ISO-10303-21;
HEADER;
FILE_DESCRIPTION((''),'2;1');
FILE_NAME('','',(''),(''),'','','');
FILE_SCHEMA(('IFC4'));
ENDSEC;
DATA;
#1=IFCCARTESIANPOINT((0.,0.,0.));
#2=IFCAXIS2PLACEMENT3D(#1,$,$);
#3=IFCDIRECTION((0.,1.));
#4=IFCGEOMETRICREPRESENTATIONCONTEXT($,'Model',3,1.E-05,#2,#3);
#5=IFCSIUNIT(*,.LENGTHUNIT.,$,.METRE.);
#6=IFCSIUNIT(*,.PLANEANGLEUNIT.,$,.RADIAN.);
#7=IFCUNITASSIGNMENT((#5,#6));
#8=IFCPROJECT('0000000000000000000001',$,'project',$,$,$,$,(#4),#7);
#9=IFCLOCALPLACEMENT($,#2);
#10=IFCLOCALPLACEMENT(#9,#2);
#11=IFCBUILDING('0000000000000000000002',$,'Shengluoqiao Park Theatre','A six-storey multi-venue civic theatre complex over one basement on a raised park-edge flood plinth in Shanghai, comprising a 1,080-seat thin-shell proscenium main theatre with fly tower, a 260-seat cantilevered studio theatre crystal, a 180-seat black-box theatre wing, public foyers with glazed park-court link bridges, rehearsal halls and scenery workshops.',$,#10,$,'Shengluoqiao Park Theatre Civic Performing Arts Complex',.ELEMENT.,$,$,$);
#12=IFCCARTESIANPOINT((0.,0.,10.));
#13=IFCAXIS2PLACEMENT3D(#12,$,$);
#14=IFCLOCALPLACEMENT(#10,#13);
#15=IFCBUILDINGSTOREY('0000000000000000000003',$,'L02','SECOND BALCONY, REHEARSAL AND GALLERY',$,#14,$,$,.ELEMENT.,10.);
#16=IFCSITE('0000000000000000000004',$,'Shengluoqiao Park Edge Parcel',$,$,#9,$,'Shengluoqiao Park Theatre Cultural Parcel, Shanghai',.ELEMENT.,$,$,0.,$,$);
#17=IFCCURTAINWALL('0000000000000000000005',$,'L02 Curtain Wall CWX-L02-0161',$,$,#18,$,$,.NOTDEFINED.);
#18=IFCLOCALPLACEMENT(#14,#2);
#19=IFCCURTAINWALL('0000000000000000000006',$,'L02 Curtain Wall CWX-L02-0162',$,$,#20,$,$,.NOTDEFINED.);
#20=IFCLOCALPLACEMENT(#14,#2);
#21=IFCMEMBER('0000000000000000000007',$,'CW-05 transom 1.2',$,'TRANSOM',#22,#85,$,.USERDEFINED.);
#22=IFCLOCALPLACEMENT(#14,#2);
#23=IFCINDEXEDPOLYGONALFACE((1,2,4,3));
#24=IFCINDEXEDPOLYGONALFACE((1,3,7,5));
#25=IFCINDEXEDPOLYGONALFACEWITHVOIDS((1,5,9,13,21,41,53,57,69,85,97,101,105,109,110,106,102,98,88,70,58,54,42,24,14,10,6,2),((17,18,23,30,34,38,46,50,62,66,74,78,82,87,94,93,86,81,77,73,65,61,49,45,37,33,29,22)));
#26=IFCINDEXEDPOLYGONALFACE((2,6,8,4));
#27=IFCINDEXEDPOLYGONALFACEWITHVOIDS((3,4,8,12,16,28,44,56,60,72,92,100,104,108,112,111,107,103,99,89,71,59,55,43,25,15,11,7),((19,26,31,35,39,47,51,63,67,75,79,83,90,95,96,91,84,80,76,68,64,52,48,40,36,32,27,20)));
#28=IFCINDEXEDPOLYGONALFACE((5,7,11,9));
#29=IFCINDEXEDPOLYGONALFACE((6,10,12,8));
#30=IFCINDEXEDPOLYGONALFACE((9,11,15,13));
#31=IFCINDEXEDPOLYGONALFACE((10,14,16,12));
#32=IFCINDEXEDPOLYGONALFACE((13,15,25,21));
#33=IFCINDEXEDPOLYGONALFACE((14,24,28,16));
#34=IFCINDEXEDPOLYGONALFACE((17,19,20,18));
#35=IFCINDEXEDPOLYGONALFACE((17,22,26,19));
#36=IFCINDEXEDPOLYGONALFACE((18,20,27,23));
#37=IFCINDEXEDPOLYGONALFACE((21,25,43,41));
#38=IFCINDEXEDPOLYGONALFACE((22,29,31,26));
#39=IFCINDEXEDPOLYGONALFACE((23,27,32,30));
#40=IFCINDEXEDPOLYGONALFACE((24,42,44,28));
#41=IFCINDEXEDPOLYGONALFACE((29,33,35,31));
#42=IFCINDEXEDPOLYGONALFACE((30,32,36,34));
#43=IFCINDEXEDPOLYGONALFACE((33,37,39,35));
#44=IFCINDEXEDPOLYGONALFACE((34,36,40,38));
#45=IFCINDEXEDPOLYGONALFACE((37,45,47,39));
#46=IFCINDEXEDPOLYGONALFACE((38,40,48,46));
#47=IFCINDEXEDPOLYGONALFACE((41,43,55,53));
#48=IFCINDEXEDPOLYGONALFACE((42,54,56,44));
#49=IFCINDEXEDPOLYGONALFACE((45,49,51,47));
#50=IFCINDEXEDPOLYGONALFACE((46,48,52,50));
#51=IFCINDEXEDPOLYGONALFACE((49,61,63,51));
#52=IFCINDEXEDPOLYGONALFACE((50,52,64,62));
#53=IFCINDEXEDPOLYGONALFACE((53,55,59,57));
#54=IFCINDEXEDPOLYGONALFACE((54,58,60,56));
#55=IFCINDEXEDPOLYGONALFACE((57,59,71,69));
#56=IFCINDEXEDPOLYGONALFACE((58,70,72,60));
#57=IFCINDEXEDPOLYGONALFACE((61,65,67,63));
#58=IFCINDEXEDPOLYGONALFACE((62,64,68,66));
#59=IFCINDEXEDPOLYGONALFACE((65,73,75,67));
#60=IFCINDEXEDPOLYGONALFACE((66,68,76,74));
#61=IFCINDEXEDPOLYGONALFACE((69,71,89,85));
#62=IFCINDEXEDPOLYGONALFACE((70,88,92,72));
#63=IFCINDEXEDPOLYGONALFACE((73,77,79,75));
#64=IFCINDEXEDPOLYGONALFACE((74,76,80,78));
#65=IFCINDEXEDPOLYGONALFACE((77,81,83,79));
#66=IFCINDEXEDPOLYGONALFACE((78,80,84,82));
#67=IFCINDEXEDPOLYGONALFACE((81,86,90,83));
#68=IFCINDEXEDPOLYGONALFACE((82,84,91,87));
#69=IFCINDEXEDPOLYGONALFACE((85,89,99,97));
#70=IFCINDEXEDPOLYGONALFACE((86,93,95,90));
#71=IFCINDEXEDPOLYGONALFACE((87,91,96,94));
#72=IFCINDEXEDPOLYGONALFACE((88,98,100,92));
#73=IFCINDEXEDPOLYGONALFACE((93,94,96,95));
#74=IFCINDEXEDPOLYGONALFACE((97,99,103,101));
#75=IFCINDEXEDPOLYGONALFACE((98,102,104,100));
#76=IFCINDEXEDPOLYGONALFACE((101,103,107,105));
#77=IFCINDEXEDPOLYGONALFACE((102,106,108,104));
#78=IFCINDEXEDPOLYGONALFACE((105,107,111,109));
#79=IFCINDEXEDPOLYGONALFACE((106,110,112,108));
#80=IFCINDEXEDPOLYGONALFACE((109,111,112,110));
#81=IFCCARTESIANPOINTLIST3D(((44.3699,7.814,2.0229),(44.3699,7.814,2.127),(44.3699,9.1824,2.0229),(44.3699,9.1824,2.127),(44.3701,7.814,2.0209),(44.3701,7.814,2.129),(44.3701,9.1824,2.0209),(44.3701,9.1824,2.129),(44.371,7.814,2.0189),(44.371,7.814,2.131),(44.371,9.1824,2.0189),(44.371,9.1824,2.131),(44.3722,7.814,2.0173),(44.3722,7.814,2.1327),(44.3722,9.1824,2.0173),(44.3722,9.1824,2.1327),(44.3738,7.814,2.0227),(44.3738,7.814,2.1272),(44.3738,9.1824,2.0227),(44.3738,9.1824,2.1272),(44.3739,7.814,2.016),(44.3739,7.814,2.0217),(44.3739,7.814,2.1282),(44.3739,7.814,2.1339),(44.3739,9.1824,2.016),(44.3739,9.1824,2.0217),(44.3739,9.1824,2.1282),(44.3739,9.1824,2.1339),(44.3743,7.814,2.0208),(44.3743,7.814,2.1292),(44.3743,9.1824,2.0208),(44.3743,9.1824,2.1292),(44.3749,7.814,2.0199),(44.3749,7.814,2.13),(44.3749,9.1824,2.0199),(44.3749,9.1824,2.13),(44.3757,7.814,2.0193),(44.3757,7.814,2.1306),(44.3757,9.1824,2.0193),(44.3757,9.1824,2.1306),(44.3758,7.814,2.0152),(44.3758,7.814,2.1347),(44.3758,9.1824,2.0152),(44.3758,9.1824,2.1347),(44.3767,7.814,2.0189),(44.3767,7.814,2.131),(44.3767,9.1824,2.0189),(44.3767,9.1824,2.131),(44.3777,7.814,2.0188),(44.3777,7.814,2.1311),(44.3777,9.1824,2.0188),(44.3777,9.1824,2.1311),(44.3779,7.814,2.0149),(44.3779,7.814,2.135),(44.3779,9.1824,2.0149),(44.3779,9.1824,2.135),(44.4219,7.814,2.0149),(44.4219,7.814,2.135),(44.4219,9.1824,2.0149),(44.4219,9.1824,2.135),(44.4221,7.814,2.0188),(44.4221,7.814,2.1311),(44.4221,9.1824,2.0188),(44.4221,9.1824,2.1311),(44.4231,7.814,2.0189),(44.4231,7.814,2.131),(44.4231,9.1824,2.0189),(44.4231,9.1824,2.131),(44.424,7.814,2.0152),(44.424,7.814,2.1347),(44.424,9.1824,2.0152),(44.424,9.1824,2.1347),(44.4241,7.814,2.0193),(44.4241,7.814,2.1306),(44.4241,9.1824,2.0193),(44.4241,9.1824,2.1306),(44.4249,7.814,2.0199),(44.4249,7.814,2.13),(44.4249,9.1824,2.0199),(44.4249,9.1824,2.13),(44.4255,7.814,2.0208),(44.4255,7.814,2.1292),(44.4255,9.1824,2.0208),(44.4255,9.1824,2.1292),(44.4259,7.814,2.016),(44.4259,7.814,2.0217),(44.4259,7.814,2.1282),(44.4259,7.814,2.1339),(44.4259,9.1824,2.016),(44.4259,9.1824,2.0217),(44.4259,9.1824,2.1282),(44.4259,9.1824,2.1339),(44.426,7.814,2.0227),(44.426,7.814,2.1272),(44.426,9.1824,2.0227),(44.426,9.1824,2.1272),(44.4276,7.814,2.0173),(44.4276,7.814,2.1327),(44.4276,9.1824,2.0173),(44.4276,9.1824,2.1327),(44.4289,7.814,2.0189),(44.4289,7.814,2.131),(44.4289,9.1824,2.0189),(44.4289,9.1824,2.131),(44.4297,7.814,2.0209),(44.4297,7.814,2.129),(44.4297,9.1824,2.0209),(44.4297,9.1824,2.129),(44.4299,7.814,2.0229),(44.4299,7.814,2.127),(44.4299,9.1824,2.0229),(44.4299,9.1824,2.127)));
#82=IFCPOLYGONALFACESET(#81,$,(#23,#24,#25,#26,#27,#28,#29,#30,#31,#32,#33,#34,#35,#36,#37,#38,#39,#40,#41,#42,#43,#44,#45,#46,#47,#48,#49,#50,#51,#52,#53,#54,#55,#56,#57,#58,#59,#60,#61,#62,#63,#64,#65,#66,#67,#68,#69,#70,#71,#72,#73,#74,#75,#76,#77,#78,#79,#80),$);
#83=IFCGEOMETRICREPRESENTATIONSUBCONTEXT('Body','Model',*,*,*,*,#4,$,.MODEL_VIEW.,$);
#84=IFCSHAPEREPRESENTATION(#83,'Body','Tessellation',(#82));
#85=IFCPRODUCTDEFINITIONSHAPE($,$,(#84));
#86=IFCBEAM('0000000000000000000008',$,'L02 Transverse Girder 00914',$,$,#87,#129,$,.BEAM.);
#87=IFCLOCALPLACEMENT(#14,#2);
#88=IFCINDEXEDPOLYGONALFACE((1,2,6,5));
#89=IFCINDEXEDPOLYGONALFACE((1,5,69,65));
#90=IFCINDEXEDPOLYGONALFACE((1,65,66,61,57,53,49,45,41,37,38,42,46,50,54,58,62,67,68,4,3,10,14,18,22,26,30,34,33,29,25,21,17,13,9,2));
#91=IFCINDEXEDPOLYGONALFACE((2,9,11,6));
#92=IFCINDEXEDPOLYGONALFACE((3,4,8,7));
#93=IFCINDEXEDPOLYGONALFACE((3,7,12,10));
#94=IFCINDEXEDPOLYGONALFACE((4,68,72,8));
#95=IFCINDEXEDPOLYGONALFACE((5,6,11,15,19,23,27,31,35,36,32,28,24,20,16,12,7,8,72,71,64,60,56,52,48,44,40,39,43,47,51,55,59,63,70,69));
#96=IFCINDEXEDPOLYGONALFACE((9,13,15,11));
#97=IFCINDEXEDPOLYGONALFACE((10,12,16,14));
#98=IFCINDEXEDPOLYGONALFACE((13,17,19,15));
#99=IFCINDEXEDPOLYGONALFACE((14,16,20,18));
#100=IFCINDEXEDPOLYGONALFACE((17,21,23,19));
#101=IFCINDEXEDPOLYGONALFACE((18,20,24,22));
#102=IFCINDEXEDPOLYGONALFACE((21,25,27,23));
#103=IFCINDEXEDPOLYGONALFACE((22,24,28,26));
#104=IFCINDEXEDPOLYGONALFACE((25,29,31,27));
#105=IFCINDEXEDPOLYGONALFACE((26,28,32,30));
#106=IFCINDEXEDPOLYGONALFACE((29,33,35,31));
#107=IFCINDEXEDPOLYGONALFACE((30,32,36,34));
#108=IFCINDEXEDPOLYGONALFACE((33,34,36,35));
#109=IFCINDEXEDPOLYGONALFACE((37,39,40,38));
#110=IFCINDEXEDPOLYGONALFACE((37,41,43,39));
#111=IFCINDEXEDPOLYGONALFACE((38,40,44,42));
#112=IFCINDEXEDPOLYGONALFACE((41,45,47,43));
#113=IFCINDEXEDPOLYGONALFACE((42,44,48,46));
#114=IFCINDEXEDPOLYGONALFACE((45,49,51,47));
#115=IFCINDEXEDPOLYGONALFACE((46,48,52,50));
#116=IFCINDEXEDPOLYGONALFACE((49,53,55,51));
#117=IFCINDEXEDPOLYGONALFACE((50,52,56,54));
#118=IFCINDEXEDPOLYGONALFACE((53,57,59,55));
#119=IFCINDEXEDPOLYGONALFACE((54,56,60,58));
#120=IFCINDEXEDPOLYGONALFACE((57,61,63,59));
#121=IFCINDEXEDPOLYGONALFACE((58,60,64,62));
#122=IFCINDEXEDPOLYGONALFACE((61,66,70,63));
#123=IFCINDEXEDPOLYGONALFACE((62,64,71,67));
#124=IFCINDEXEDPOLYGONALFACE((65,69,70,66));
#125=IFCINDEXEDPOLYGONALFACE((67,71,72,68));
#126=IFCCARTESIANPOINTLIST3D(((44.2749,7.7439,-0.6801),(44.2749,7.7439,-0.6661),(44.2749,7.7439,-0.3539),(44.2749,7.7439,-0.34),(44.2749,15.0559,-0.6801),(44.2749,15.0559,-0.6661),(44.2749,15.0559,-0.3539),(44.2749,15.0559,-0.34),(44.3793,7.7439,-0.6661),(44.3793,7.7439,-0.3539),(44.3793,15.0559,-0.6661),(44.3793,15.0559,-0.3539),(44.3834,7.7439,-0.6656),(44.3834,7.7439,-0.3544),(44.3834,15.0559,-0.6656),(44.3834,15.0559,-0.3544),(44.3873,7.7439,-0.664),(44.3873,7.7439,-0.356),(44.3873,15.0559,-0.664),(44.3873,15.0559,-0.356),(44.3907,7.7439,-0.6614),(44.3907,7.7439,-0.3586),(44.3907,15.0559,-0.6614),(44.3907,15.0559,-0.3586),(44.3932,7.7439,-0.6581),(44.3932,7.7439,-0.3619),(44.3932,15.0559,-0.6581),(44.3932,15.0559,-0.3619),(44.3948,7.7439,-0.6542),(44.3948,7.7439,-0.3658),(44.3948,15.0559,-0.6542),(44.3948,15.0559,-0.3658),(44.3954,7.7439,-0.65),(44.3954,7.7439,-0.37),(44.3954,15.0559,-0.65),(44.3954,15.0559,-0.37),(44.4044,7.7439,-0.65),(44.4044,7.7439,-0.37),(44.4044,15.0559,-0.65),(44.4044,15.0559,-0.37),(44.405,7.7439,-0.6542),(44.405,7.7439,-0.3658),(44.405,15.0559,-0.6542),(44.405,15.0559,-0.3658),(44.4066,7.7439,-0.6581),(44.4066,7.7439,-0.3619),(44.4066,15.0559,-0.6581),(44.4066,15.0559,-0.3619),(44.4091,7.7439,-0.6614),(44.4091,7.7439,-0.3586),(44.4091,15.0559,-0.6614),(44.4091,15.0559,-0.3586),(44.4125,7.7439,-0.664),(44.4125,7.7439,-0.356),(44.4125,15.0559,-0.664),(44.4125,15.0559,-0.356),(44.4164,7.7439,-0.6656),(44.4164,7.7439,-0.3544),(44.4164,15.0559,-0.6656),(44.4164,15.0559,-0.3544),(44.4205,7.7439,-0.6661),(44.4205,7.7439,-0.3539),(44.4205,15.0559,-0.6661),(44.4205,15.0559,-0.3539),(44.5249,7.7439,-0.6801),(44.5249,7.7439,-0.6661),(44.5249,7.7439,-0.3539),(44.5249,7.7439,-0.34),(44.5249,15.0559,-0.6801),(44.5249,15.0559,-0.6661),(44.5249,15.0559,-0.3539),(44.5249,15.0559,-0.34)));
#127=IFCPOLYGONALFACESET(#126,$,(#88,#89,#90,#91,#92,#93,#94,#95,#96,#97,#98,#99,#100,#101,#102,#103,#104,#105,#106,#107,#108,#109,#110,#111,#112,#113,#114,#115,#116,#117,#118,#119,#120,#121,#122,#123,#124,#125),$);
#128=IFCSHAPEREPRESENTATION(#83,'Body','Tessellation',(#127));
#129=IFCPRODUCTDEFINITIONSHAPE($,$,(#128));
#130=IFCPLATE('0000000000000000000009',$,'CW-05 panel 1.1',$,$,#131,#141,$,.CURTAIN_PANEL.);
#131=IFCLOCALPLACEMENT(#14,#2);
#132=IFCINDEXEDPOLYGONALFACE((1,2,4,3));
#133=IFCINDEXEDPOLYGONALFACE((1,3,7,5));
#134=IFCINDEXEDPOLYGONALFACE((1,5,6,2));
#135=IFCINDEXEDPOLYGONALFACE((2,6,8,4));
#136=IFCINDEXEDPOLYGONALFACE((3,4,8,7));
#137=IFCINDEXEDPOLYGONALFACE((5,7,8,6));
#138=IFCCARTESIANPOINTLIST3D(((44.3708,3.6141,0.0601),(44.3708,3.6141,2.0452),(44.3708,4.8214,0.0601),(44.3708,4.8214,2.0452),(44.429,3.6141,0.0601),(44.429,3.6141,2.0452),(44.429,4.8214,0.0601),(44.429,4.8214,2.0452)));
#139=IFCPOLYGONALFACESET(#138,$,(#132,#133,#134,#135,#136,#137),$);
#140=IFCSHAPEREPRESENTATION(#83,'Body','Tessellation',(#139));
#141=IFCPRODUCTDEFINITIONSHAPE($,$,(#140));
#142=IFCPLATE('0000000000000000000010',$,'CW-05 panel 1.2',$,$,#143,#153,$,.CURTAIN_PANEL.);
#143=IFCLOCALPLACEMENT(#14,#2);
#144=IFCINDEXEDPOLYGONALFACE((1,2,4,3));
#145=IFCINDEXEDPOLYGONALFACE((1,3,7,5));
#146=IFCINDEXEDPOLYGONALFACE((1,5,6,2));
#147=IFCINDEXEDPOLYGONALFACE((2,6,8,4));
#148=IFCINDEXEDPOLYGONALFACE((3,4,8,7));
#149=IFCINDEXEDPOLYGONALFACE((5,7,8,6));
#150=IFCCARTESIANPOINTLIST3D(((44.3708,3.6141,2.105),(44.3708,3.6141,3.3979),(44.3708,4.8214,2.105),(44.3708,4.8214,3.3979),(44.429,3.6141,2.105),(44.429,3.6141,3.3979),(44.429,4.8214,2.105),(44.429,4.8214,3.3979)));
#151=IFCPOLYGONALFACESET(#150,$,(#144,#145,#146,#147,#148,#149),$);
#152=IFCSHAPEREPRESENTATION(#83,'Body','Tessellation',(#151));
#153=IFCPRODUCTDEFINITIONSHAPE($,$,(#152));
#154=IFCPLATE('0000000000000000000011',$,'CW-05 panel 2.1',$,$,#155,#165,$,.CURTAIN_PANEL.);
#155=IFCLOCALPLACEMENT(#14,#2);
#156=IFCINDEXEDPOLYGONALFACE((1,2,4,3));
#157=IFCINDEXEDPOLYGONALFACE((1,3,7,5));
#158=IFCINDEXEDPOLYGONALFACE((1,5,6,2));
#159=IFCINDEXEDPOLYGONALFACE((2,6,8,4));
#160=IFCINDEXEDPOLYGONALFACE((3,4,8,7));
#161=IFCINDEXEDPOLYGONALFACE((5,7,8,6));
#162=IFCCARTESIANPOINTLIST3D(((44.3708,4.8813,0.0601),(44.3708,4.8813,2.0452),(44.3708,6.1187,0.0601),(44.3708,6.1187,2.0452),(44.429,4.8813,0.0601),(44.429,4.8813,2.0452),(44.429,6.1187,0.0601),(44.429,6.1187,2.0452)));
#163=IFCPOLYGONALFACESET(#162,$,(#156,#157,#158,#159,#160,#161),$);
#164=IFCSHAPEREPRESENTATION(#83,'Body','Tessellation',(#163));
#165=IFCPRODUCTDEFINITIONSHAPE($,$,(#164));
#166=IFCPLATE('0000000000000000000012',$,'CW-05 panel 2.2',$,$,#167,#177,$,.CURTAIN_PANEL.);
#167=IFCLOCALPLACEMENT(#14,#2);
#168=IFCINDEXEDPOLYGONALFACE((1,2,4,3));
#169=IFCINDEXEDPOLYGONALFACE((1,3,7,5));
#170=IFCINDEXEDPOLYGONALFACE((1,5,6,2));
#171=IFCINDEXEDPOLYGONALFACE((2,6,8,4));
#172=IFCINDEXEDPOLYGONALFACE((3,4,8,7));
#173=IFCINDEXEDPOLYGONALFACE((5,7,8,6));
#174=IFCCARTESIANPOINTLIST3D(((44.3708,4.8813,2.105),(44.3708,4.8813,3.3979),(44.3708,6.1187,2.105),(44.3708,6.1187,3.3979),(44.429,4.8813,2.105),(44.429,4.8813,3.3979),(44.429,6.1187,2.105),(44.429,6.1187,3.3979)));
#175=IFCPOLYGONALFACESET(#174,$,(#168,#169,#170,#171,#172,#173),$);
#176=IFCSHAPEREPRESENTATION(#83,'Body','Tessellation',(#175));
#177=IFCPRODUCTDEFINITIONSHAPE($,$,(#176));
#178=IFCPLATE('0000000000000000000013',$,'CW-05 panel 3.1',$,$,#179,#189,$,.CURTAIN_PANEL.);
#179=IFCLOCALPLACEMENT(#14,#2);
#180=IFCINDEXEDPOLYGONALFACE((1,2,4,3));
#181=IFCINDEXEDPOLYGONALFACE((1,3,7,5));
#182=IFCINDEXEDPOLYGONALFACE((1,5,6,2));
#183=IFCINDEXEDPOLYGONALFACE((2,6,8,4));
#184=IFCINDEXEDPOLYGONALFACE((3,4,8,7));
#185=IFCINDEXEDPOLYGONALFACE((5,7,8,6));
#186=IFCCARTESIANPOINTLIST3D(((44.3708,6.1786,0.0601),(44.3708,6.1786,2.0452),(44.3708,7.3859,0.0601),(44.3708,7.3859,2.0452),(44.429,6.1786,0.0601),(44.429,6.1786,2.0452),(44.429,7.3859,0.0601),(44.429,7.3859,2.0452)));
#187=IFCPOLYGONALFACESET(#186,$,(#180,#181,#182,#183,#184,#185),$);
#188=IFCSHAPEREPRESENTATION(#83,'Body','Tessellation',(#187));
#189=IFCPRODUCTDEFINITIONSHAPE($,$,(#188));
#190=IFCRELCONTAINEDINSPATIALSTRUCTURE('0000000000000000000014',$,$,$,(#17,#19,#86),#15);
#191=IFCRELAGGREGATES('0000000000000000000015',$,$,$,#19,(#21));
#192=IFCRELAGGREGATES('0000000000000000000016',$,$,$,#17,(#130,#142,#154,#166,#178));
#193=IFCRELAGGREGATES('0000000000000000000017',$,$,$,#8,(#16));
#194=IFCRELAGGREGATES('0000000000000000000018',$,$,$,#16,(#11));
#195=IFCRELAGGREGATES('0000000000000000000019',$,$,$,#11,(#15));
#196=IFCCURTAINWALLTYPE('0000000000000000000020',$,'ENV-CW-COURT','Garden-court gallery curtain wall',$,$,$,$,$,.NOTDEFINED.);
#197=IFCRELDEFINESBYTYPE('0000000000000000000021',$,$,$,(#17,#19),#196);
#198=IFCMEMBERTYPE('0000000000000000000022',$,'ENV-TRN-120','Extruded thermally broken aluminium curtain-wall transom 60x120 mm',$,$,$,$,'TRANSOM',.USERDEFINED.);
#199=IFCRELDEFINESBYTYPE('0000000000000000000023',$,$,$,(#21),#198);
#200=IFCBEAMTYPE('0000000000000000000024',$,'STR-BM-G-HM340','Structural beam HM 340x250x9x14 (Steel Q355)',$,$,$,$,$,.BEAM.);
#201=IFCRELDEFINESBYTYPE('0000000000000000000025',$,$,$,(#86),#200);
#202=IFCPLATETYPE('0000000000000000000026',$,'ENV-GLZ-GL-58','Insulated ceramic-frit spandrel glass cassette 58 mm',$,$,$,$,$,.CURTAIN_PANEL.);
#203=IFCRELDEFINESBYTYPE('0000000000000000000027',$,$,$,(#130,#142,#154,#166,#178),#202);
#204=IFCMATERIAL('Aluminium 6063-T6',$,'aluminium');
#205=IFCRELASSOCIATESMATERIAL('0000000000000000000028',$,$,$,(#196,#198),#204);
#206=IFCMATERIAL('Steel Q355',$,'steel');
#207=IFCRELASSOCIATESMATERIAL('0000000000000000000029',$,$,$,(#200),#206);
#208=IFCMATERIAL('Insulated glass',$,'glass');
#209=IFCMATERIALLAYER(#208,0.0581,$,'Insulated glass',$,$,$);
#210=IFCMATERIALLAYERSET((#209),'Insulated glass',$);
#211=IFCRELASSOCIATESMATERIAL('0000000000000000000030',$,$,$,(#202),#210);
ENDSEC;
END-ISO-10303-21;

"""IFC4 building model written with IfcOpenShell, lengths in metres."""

from ifc_helpers import new_model, si_unit, direction, frame, origin, origin_2d, place, context, subcontext, project, spatial, rectangle, hollow_rectangle, i_section, extrude, material, layer, layer_set, material_profile, profile_set, type_object, element, aggregate, save


model = new_model("IFC4")

# Units and contexts
model_context = context("Model", 3, precision=1e-05, world=origin(), true_north=direction((0.0, 1.0)))
body_context = subcontext(model_context, "Body", "Model", "MODEL_VIEW")
ifc_project = project(units=[si_unit("LENGTHUNIT", "METRE"), si_unit("PLANEANGLEUNIT", "RADIAN")], contexts=[model_context])

# Site, building, storey
site_placement = place(None, origin())
site = spatial("IfcSite", under=ifc_project, at=site_placement, Name="Shengluoqiao Park Edge Parcel", LongName="Shengluoqiao Park Theatre Cultural Parcel, Shanghai", CompositionType="ELEMENT", RefElevation=0.0)
building_placement = place(site_placement, origin())
building = spatial("IfcBuilding", under=site, at=building_placement, Name="Shengluoqiao Park Theatre", Description="A six-storey multi-venue civic theatre complex over one basement on a raised park-edge flood plinth in Shanghai, comprising a 1,080-seat thin-shell proscenium main theatre with fly tower, a 260-seat cantilevered studio theatre crystal, a 180-seat black-box theatre wing, public foyers with glazed park-court link bridges, rehearsal halls and scenery workshops.", LongName="Shengluoqiao Park Theatre Civic Performing Arts Complex", CompositionType="ELEMENT")
storey_placement = place(building_placement, frame((0.0, 0.0, 10.0)))
storey = spatial("IfcBuildingStorey", under=building, at=storey_placement, Name="L02", Description="SECOND BALCONY, REHEARSAL AND GALLERY", CompositionType="ELEMENT", Elevation=10.0)

# Shared definitions
ifc_material_1 = material(Name="Steel Q355", Category="steel")

# Curtain wall
ifc_material_2 = material(Name="Aluminium 6063-T6", Category="aluminium")
curtain_wall_type = type_object("IfcCurtainWallType", Name="ENV-CW-COURT", Description="Garden-court gallery curtain wall", PredefinedType="NOTDEFINED", material=ifc_material_2)
curtain_wall_1_placement = place(storey_placement, origin())
curtain_wall_1 = element("IfcCurtainWall", 1, at=curtain_wall_1_placement, inside=storey, type_object=curtain_wall_type, Name="L02 Curtain Wall CWX-L02-0161", PredefinedType="NOTDEFINED")

# Curtain wall
curtain_wall_2_placement = place(storey_placement, origin())
curtain_wall_2 = element("IfcCurtainWall", 2, at=curtain_wall_2_placement, inside=storey, type_object=curtain_wall_type, Name="L02 Curtain Wall CWX-L02-0162", PredefinedType="NOTDEFINED")

# Member
ifc_material_profile_1 = material_profile(ifc_material_2, hollow_rectangle(XDim=0.0601, YDim=0.1201, WallThickness=0.0039, InnerFilletRadius=0.0039, OuterFilletRadius=0.0081, at=origin_2d()), Name="ALU TRANSOM 120x60x4")
ifc_profile_set_1 = profile_set([ifc_material_profile_1], Name="Aluminium 6063-T6")
member_type_1 = type_object("IfcMemberType", Name="ENV-TRN-120", Description="Extruded thermally broken aluminium curtain-wall transom 60x120 mm", ElementType="TRANSOM", PredefinedType="USERDEFINED", material=ifc_profile_set_1)
member_1_placement = place(storey_placement, frame((44.3999, 7.814, 2.075), z_axis=(0.0, 1.0, 0.0), x_axis=(-1.0, 0.0, 0.0)))
member_1 = element("IfcMember", 3, at=member_1_placement, type_object=member_type_1, Name="CW-05 transom 1.2", ObjectType="TRANSOM", PredefinedType="USERDEFINED", context=body_context, shape_type="SweptSolid", body=[
    extrude(hollow_rectangle(XDim=0.0601, YDim=0.1201, WallThickness=0.0039, InnerFilletRadius=0.0039, OuterFilletRadius=0.0081, at=origin_2d()), origin(), (0.0, 0.0, 1.0), 1.3684),
])
aggregate(curtain_wall_2, [member_1])

# Beam
ifc_material_profile_2 = material_profile(ifc_material_1, i_section(OverallWidth=0.25, OverallDepth=0.3401, WebThickness=0.009, FlangeThickness=0.0139, FilletRadius=0.0161, at=origin_2d()), Name="HM 340x250x9x14")
ifc_profile_set_2 = profile_set([ifc_material_profile_2], Name="Steel Q355")
beam_type = type_object("IfcBeamType", Name="STR-BM-G-HM340", Description="Structural beam HM 340x250x9x14 (Steel Q355)", PredefinedType="BEAM", material=ifc_profile_set_2)
beam_placement = place(storey_placement, frame((44.3999, 7.7439, -0.51), z_axis=(0.0, 1.0, 0.0), x_axis=(-1.0, 0.0, 0.0)))
element("IfcBeam", 4, at=beam_placement, inside=storey, type_object=beam_type, Name="L02 Transverse Girder 00914", PredefinedType="BEAM", context=body_context, shape_type="SweptSolid", body=[
    extrude(i_section(OverallWidth=0.25, OverallDepth=0.3401, WebThickness=0.009, FlangeThickness=0.0139, FilletRadius=0.0161, at=origin_2d()), origin(), (0.0, 0.0, 1.0), 7.312),
])

# Plates
ifc_material_3 = material(Name="Insulated glass", Category="glass")
ifc_layer = layer(ifc_material_3, 0.0581, Name="Insulated glass")
ifc_layer_set = layer_set([ifc_layer], Name="Insulated glass")
plate_type = type_object("IfcPlateType", Name="ENV-GLZ-GL-58", Description="Insulated ceramic-frit spandrel glass cassette 58 mm", PredefinedType="CURTAIN_PANEL", material=ifc_layer_set)
plate_1_placement = place(storey_placement, frame((44.3999, 4.2178, 0.0601), z_axis=(0.0, 0.0, 1.0), x_axis=(0.0, 1.0, 0.0)))
plate_1 = element("IfcPlate", 5, at=plate_1_placement, type_object=plate_type, Name="CW-05 panel 1.1", PredefinedType="CURTAIN_PANEL", context=body_context, shape_type="SweptSolid", body=[
    extrude(rectangle(XDim=1.2073, YDim=0.0581, at=origin_2d()), origin(), (0.0, 0.0, 1.0), 1.9851),
])
plate_2_placement = place(storey_placement, frame((44.3999, 4.2178, 2.105), z_axis=(0.0, 0.0, 1.0), x_axis=(0.0, 1.0, 0.0)))
plate_2 = element("IfcPlate", 6, at=plate_2_placement, type_object=plate_type, Name="CW-05 panel 1.2", PredefinedType="CURTAIN_PANEL", context=body_context, shape_type="SweptSolid", body=[
    extrude(rectangle(XDim=1.2073, YDim=0.0581, at=origin_2d()), origin(), (0.0, 0.0, 1.0), 1.293),
])
plate_3_placement = place(storey_placement, frame((44.3999, 5.5, 0.0601), z_axis=(0.0, 0.0, 1.0), x_axis=(0.0, 1.0, 0.0)))
plate_3 = element("IfcPlate", 7, at=plate_3_placement, type_object=plate_type, Name="CW-05 panel 2.1", PredefinedType="CURTAIN_PANEL", context=body_context, shape_type="SweptSolid", body=[
    extrude(rectangle(XDim=1.2373, YDim=0.0581, at=origin_2d()), origin(), (0.0, 0.0, 1.0), 1.9851),
])
plate_4_placement = place(storey_placement, frame((44.3999, 5.5, 2.105), z_axis=(0.0, 0.0, 1.0), x_axis=(0.0, 1.0, 0.0)))
plate_4 = element("IfcPlate", 8, at=plate_4_placement, type_object=plate_type, Name="CW-05 panel 2.2", PredefinedType="CURTAIN_PANEL", context=body_context, shape_type="SweptSolid", body=[
    extrude(rectangle(XDim=1.2373, YDim=0.0581, at=origin_2d()), origin(), (0.0, 0.0, 1.0), 1.293),
])
plate_5_placement = place(storey_placement, frame((44.3999, 6.7822, 0.0601), z_axis=(0.0, 0.0, 1.0), x_axis=(0.0, 1.0, 0.0)))
plate_5 = element("IfcPlate", 9, at=plate_5_placement, type_object=plate_type, Name="CW-05 panel 3.1", PredefinedType="CURTAIN_PANEL", context=body_context, shape_type="SweptSolid", body=[
    extrude(rectangle(XDim=1.2073, YDim=0.0581, at=origin_2d()), origin(), (0.0, 0.0, 1.0), 1.9851),
])
aggregate(curtain_wall_1, [plate_1, plate_2, plate_3, plate_4, plate_5])

save(model, "model.ifc")
